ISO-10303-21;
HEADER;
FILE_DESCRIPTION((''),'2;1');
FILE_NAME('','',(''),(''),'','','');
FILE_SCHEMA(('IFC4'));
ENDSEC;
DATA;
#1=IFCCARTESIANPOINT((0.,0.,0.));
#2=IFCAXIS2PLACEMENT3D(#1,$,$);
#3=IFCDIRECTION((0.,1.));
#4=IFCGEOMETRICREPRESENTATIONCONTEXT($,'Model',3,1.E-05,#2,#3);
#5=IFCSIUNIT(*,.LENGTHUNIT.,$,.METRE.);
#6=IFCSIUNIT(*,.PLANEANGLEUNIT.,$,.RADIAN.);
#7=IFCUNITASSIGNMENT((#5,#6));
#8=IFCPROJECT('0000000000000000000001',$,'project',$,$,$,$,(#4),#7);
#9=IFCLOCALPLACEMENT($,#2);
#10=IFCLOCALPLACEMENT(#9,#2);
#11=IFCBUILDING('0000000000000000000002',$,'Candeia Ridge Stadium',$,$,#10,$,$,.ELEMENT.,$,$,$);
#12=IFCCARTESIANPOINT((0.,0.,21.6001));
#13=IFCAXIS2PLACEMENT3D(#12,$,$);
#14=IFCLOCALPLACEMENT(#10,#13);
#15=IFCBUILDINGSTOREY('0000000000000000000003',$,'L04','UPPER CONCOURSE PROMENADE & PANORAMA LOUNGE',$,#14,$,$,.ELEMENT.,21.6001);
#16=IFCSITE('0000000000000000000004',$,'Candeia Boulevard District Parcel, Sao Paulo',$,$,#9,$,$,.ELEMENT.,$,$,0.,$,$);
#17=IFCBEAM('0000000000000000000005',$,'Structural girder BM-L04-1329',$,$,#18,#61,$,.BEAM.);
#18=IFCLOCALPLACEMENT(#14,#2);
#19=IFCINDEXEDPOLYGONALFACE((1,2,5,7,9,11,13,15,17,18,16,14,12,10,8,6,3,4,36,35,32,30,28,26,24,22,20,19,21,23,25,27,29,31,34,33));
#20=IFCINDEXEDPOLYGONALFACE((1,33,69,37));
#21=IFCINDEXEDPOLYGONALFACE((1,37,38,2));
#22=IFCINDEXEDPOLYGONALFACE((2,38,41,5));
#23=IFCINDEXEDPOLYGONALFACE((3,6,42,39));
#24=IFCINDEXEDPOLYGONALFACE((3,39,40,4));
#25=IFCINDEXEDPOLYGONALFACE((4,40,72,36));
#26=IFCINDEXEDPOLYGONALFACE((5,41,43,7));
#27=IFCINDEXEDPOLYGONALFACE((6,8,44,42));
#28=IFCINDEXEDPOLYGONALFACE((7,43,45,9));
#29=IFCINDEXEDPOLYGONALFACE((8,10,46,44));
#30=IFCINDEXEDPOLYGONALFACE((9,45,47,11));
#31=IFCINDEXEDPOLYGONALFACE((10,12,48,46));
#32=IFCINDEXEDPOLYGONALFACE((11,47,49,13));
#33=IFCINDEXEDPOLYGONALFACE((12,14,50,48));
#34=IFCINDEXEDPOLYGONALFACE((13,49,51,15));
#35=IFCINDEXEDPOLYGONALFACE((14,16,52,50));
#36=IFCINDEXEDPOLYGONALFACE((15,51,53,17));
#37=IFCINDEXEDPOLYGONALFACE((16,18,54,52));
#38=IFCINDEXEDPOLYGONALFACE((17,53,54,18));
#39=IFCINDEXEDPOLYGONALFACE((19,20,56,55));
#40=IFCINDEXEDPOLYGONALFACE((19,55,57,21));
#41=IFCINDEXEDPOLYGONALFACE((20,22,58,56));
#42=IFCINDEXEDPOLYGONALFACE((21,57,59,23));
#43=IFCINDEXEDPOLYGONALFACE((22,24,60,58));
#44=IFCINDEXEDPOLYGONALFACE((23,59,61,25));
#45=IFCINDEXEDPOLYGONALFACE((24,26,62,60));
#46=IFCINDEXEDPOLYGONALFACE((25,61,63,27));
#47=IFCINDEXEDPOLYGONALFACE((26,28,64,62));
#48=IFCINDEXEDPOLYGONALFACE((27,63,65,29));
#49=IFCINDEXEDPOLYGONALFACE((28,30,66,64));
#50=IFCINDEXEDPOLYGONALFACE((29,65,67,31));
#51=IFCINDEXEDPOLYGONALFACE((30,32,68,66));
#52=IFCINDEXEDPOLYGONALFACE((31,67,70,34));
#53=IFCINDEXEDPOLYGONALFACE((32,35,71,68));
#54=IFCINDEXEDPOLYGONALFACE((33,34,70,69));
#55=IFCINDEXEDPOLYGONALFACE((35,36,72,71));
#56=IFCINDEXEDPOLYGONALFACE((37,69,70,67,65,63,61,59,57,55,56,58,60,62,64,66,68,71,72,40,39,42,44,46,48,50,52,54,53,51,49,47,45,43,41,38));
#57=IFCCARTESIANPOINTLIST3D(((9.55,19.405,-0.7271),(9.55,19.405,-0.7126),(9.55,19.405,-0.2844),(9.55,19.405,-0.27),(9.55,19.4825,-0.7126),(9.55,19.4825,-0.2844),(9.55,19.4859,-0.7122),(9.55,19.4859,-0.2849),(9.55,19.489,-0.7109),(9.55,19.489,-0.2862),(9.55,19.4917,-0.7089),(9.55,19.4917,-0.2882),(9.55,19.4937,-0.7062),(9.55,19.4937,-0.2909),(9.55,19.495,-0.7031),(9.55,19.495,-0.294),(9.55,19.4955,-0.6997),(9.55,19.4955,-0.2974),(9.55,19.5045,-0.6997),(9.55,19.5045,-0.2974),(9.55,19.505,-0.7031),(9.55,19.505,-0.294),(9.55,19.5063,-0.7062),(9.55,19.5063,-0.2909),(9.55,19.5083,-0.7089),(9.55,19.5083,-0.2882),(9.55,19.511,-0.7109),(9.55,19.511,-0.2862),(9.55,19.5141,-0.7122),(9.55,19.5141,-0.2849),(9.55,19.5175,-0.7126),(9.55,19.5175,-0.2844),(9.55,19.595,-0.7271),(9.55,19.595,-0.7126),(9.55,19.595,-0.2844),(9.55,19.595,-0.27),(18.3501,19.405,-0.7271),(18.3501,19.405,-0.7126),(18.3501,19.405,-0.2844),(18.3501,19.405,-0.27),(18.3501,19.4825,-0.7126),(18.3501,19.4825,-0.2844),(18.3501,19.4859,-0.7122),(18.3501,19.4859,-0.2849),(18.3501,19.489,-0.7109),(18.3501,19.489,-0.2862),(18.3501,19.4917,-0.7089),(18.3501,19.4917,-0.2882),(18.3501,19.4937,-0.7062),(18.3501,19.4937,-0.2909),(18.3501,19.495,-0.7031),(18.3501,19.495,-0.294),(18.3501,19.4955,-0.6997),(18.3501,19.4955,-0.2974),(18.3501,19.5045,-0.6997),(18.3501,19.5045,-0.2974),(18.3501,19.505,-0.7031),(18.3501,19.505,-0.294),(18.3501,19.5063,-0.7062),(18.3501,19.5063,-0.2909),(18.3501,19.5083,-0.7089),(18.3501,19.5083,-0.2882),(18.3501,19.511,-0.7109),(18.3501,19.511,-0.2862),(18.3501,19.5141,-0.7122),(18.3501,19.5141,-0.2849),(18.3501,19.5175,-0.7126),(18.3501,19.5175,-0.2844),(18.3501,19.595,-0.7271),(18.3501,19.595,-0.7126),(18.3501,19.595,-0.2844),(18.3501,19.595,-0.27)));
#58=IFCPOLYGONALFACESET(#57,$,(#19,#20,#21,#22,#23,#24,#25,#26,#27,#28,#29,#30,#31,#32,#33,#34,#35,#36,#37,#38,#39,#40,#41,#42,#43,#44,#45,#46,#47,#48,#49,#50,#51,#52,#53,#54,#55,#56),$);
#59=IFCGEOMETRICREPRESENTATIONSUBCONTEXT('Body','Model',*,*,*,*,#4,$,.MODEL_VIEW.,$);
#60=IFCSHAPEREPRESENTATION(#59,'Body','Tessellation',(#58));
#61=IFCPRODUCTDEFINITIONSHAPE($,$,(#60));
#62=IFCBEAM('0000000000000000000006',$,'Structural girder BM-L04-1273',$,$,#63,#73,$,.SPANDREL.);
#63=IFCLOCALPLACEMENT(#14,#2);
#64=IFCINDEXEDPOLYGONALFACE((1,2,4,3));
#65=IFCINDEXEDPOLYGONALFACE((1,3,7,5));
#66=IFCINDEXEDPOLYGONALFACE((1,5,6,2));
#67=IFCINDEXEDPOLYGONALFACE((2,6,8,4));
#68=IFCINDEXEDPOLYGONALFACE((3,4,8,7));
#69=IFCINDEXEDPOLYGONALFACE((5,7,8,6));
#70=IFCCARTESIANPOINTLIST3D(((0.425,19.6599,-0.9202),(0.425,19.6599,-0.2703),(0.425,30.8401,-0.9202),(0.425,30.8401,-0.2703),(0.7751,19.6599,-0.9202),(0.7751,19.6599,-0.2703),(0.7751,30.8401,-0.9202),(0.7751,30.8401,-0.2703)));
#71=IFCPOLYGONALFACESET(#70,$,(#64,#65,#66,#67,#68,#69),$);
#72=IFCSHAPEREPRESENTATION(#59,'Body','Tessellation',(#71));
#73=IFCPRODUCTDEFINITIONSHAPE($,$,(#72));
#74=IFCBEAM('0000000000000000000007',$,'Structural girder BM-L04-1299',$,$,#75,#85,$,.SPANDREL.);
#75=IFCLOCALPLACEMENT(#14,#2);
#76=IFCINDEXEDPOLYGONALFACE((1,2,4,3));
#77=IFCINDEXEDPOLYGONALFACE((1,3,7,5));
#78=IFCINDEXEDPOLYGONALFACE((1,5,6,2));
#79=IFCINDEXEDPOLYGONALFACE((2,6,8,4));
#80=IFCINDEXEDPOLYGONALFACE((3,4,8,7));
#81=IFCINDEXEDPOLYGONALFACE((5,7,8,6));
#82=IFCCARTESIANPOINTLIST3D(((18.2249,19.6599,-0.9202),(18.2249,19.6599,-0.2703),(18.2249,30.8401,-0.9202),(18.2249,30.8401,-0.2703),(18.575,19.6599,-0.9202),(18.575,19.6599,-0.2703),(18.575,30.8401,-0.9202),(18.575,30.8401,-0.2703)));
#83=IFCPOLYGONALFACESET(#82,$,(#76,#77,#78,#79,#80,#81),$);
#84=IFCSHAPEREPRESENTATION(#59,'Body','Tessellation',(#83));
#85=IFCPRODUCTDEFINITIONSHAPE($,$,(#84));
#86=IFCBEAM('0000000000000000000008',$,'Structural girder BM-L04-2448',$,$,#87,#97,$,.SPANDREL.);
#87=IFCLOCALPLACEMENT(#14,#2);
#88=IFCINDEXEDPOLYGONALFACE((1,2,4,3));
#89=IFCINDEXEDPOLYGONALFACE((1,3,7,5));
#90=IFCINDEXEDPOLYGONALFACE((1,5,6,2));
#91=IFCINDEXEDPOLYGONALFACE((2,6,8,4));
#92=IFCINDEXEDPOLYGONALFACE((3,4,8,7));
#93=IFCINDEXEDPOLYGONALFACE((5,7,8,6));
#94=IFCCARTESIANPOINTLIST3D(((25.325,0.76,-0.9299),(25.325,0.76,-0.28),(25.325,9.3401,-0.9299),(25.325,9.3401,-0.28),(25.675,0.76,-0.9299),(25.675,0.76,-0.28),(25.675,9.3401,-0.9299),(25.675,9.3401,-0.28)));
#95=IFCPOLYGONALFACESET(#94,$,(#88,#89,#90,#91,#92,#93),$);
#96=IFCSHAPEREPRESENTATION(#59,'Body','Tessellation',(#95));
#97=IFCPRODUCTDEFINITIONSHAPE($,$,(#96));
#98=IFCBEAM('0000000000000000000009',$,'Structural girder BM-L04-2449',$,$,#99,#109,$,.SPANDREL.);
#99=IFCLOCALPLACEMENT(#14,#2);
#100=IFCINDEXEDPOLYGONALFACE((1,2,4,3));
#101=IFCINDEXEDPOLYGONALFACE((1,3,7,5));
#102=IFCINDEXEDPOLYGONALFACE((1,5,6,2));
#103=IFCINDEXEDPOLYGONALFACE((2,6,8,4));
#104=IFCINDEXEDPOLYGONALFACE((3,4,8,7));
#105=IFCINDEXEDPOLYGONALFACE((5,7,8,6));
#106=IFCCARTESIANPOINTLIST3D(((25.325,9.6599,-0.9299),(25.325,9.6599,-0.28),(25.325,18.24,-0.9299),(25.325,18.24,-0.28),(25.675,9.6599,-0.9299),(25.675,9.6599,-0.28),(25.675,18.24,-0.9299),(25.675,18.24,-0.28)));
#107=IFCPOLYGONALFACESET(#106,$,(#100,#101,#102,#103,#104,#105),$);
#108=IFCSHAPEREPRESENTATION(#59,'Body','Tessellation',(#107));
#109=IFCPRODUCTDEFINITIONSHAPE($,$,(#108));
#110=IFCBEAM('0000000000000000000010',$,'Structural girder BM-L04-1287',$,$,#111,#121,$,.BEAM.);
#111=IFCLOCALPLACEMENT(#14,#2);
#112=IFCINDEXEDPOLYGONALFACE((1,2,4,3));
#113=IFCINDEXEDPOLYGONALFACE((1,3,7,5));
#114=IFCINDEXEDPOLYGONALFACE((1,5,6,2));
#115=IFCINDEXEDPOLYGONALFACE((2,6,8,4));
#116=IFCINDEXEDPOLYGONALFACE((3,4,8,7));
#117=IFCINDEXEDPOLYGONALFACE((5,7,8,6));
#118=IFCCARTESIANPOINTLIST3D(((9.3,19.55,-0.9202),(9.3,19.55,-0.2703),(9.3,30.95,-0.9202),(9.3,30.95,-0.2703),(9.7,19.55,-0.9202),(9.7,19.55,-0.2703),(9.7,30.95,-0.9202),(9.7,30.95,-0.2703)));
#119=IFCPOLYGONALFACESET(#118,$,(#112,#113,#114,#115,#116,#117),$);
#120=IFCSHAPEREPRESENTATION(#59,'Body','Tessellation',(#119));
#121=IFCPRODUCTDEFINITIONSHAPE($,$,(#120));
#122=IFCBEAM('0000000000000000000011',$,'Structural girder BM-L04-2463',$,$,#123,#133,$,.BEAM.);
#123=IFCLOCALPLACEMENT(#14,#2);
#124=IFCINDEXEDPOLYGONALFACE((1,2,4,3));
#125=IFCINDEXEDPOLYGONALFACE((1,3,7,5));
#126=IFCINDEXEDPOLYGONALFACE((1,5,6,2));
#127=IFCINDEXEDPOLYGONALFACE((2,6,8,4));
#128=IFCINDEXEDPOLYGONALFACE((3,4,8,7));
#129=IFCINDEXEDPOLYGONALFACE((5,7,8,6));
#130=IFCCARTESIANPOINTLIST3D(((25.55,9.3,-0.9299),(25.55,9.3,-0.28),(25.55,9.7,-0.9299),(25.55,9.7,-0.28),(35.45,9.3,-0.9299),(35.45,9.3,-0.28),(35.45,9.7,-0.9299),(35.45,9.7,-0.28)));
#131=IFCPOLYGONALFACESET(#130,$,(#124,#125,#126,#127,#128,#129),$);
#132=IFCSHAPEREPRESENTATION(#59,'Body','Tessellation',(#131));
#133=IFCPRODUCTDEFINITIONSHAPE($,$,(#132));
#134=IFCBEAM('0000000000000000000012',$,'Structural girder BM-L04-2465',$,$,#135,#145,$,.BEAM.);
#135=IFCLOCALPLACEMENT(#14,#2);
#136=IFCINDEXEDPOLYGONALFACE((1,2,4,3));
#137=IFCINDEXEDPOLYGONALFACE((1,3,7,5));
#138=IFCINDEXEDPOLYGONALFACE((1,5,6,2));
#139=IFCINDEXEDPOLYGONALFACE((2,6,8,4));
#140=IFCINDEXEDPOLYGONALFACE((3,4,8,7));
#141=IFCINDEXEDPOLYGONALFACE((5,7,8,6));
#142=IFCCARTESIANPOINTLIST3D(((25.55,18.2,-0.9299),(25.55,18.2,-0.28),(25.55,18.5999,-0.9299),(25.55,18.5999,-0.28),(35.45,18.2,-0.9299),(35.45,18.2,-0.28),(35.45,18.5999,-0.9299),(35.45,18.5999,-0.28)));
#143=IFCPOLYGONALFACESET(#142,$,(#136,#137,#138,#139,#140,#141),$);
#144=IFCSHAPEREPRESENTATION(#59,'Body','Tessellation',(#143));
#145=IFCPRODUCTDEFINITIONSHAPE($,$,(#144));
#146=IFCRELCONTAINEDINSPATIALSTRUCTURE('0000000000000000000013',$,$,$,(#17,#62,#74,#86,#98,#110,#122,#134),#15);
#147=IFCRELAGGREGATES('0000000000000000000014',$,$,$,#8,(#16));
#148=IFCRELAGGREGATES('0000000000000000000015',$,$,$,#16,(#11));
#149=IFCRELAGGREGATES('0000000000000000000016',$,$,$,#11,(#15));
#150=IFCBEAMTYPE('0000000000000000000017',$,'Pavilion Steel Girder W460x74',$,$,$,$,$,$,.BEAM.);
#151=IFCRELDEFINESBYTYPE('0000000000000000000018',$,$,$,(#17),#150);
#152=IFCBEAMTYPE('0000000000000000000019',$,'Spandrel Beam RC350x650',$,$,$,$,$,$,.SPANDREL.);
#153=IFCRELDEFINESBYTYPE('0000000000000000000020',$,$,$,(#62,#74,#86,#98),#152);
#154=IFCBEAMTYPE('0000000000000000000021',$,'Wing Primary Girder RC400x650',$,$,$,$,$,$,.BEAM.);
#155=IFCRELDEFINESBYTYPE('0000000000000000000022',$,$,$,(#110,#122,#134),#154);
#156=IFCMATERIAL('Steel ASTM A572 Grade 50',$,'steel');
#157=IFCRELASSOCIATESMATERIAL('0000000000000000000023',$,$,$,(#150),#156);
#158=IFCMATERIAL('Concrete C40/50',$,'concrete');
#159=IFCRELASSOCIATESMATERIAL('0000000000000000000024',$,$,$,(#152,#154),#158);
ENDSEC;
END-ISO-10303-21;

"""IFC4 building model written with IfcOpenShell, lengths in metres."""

from ifc_helpers import new_model, si_unit, direction, frame, origin, origin_2d, place, context, subcontext, project, spatial, rectangle, i_section, extrude, material, material_profile, profile_set, type_object, element, save


model = new_model("IFC4")

# Units and contexts
model_context = context("Model", 3, precision=1e-05, world=origin(), true_north=direction((0.0, 1.0)))
body_context = subcontext(model_context, "Body", "Model", "MODEL_VIEW")
ifc_project = project(units=[si_unit("LENGTHUNIT", "METRE"), si_unit("PLANEANGLEUNIT", "RADIAN")], contexts=[model_context])

# Site, building, storey
site_placement = place(None, origin())
site = spatial("IfcSite", under=ifc_project, at=site_placement, Name="Candeia Boulevard District Parcel, Sao Paulo", CompositionType="ELEMENT", RefElevation=0.0)
building_placement = place(site_placement, origin())
building = spatial("IfcBuilding", under=site, at=building_placement, Name="Candeia Ridge Stadium", CompositionType="ELEMENT")
storey_placement = place(building_placement, frame((0.0, 0.0, 21.6001)))
storey = spatial("IfcBuildingStorey", under=building, at=storey_placement, Name="L04", Description="UPPER CONCOURSE PROMENADE & PANORAMA LOUNGE", CompositionType="ELEMENT", Elevation=21.6001)

# Beams
ifc_material_1 = material(Name="Concrete C40/50", Category="concrete")
ifc_material_2 = material(Name="Steel ASTM A572 Grade 50", Category="steel")
ifc_material_profile_1 = material_profile(ifc_material_2, i_section(OverallWidth=0.1899, OverallDepth=0.457, WebThickness=0.009, FlangeThickness=0.0144, FilletRadius=0.0129, at=origin_2d()), Name="W460x74", Category="steel")
ifc_profile_set_1 = profile_set([ifc_material_profile_1], Name="Steel ASTM A572 Grade 50")
beam_type_1 = type_object("IfcBeamType", Name="Pavilion Steel Girder W460x74", PredefinedType="BEAM", material=ifc_profile_set_1)
for number, where, z_axis, x_axis, name in (
    (1, (9.55, 19.5, -0.4985), (1.0, 0.0, 0.0), (0.0, 1.0, 0.0), "Structural girder BM-L04-1329"),
):
    element("IfcBeam", number, at=place(storey_placement, frame(where, z_axis=z_axis, x_axis=x_axis)), inside=storey, type_object=beam_type_1, Name=name, PredefinedType="BEAM", context=body_context, shape_type="SweptSolid", body=[
        extrude(i_section(OverallWidth=0.1899, OverallDepth=0.457, WebThickness=0.009, FlangeThickness=0.0144, FilletRadius=0.0129, at=origin_2d()), origin(), (0.0, 0.0, 1.0), 8.8),
    ])
ifc_material_profile_2 = material_profile(ifc_material_1, rectangle(XDim=0.3501, YDim=0.6499, at=origin_2d()), Name="RC350x650", Category="concrete")
ifc_profile_set_2 = profile_set([ifc_material_profile_2], Name="Concrete C40/50")
beam_type_2 = type_object("IfcBeamType", Name="Spandrel Beam RC350x650", PredefinedType="SPANDREL", material=ifc_profile_set_2)
for number, where, z_axis, x_axis, name in (
    (2, (0.6001, 19.6599, -0.5952), (0.0, 1.0, 0.0), (-1.0, 0.0, 0.0), "Structural girder BM-L04-1273"),
    (3, (18.3999, 19.6599, -0.5952), (0.0, 1.0, 0.0), (-1.0, 0.0, 0.0), "Structural girder BM-L04-1299"),
):
    element("IfcBeam", number, at=place(storey_placement, frame(where, z_axis=z_axis, x_axis=x_axis)), inside=storey, type_object=beam_type_2, Name=name, PredefinedType="SPANDREL", context=body_context, shape_type="SweptSolid", body=[
        extrude(rectangle(XDim=0.3501, YDim=0.6499, at=origin_2d()), origin(), (0.0, 0.0, 1.0), 11.1802),
    ])
for number, where, z_axis, x_axis, name in (
    (4, (25.5, 0.76, -0.605), (0.0, 1.0, 0.0), (-1.0, 0.0, 0.0), "Structural girder BM-L04-2448"),
    (5, (25.5, 9.6599, -0.605), (0.0, 1.0, 0.0), (-1.0, 0.0, 0.0), "Structural girder BM-L04-2449"),
):
    element("IfcBeam", number, at=place(storey_placement, frame(where, z_axis=z_axis, x_axis=x_axis)), inside=storey, type_object=beam_type_2, Name=name, PredefinedType="SPANDREL", context=body_context, shape_type="SweptSolid", body=[
        extrude(rectangle(XDim=0.3501, YDim=0.6499, at=origin_2d()), origin(), (0.0, 0.0, 1.0), 8.5801),
    ])
ifc_material_profile_3 = material_profile(ifc_material_1, rectangle(XDim=0.3999, YDim=0.6499, at=origin_2d()), Name="RC400x650", Category="concrete")
ifc_profile_set_3 = profile_set([ifc_material_profile_3], Name="Concrete C40/50")
beam_type_3 = type_object("IfcBeamType", Name="Wing Primary Girder RC400x650", PredefinedType="BEAM", material=ifc_profile_set_3)
beam_placement = place(storey_placement, frame((9.5, 19.55, -0.5952), z_axis=(0.0, 1.0, 0.0), x_axis=(-1.0, 0.0, 0.0)))
element("IfcBeam", 6, at=beam_placement, inside=storey, type_object=beam_type_3, Name="Structural girder BM-L04-1287", PredefinedType="BEAM", context=body_context, shape_type="SweptSolid", body=[
    extrude(rectangle(XDim=0.3999, YDim=0.6499, at=origin_2d()), origin(), (0.0, 0.0, 1.0), 11.3999),
])
for number, where, z_axis, x_axis, name in (
    (7, (25.55, 9.5, -0.605), (1.0, 0.0, 0.0), (0.0, 1.0, 0.0), "Structural girder BM-L04-2463"),
    (8, (25.55, 18.3999, -0.605), (1.0, 0.0, 0.0), (0.0, 1.0, 0.0), "Structural girder BM-L04-2465"),
):
    element("IfcBeam", number, at=place(storey_placement, frame(where, z_axis=z_axis, x_axis=x_axis)), inside=storey, type_object=beam_type_3, Name=name, PredefinedType="BEAM", context=body_context, shape_type="SweptSolid", body=[
        extrude(rectangle(XDim=0.3999, YDim=0.6499, at=origin_2d()), origin(), (0.0, 0.0, 1.0), 9.8999),
    ])

save(model, "model.ifc")
